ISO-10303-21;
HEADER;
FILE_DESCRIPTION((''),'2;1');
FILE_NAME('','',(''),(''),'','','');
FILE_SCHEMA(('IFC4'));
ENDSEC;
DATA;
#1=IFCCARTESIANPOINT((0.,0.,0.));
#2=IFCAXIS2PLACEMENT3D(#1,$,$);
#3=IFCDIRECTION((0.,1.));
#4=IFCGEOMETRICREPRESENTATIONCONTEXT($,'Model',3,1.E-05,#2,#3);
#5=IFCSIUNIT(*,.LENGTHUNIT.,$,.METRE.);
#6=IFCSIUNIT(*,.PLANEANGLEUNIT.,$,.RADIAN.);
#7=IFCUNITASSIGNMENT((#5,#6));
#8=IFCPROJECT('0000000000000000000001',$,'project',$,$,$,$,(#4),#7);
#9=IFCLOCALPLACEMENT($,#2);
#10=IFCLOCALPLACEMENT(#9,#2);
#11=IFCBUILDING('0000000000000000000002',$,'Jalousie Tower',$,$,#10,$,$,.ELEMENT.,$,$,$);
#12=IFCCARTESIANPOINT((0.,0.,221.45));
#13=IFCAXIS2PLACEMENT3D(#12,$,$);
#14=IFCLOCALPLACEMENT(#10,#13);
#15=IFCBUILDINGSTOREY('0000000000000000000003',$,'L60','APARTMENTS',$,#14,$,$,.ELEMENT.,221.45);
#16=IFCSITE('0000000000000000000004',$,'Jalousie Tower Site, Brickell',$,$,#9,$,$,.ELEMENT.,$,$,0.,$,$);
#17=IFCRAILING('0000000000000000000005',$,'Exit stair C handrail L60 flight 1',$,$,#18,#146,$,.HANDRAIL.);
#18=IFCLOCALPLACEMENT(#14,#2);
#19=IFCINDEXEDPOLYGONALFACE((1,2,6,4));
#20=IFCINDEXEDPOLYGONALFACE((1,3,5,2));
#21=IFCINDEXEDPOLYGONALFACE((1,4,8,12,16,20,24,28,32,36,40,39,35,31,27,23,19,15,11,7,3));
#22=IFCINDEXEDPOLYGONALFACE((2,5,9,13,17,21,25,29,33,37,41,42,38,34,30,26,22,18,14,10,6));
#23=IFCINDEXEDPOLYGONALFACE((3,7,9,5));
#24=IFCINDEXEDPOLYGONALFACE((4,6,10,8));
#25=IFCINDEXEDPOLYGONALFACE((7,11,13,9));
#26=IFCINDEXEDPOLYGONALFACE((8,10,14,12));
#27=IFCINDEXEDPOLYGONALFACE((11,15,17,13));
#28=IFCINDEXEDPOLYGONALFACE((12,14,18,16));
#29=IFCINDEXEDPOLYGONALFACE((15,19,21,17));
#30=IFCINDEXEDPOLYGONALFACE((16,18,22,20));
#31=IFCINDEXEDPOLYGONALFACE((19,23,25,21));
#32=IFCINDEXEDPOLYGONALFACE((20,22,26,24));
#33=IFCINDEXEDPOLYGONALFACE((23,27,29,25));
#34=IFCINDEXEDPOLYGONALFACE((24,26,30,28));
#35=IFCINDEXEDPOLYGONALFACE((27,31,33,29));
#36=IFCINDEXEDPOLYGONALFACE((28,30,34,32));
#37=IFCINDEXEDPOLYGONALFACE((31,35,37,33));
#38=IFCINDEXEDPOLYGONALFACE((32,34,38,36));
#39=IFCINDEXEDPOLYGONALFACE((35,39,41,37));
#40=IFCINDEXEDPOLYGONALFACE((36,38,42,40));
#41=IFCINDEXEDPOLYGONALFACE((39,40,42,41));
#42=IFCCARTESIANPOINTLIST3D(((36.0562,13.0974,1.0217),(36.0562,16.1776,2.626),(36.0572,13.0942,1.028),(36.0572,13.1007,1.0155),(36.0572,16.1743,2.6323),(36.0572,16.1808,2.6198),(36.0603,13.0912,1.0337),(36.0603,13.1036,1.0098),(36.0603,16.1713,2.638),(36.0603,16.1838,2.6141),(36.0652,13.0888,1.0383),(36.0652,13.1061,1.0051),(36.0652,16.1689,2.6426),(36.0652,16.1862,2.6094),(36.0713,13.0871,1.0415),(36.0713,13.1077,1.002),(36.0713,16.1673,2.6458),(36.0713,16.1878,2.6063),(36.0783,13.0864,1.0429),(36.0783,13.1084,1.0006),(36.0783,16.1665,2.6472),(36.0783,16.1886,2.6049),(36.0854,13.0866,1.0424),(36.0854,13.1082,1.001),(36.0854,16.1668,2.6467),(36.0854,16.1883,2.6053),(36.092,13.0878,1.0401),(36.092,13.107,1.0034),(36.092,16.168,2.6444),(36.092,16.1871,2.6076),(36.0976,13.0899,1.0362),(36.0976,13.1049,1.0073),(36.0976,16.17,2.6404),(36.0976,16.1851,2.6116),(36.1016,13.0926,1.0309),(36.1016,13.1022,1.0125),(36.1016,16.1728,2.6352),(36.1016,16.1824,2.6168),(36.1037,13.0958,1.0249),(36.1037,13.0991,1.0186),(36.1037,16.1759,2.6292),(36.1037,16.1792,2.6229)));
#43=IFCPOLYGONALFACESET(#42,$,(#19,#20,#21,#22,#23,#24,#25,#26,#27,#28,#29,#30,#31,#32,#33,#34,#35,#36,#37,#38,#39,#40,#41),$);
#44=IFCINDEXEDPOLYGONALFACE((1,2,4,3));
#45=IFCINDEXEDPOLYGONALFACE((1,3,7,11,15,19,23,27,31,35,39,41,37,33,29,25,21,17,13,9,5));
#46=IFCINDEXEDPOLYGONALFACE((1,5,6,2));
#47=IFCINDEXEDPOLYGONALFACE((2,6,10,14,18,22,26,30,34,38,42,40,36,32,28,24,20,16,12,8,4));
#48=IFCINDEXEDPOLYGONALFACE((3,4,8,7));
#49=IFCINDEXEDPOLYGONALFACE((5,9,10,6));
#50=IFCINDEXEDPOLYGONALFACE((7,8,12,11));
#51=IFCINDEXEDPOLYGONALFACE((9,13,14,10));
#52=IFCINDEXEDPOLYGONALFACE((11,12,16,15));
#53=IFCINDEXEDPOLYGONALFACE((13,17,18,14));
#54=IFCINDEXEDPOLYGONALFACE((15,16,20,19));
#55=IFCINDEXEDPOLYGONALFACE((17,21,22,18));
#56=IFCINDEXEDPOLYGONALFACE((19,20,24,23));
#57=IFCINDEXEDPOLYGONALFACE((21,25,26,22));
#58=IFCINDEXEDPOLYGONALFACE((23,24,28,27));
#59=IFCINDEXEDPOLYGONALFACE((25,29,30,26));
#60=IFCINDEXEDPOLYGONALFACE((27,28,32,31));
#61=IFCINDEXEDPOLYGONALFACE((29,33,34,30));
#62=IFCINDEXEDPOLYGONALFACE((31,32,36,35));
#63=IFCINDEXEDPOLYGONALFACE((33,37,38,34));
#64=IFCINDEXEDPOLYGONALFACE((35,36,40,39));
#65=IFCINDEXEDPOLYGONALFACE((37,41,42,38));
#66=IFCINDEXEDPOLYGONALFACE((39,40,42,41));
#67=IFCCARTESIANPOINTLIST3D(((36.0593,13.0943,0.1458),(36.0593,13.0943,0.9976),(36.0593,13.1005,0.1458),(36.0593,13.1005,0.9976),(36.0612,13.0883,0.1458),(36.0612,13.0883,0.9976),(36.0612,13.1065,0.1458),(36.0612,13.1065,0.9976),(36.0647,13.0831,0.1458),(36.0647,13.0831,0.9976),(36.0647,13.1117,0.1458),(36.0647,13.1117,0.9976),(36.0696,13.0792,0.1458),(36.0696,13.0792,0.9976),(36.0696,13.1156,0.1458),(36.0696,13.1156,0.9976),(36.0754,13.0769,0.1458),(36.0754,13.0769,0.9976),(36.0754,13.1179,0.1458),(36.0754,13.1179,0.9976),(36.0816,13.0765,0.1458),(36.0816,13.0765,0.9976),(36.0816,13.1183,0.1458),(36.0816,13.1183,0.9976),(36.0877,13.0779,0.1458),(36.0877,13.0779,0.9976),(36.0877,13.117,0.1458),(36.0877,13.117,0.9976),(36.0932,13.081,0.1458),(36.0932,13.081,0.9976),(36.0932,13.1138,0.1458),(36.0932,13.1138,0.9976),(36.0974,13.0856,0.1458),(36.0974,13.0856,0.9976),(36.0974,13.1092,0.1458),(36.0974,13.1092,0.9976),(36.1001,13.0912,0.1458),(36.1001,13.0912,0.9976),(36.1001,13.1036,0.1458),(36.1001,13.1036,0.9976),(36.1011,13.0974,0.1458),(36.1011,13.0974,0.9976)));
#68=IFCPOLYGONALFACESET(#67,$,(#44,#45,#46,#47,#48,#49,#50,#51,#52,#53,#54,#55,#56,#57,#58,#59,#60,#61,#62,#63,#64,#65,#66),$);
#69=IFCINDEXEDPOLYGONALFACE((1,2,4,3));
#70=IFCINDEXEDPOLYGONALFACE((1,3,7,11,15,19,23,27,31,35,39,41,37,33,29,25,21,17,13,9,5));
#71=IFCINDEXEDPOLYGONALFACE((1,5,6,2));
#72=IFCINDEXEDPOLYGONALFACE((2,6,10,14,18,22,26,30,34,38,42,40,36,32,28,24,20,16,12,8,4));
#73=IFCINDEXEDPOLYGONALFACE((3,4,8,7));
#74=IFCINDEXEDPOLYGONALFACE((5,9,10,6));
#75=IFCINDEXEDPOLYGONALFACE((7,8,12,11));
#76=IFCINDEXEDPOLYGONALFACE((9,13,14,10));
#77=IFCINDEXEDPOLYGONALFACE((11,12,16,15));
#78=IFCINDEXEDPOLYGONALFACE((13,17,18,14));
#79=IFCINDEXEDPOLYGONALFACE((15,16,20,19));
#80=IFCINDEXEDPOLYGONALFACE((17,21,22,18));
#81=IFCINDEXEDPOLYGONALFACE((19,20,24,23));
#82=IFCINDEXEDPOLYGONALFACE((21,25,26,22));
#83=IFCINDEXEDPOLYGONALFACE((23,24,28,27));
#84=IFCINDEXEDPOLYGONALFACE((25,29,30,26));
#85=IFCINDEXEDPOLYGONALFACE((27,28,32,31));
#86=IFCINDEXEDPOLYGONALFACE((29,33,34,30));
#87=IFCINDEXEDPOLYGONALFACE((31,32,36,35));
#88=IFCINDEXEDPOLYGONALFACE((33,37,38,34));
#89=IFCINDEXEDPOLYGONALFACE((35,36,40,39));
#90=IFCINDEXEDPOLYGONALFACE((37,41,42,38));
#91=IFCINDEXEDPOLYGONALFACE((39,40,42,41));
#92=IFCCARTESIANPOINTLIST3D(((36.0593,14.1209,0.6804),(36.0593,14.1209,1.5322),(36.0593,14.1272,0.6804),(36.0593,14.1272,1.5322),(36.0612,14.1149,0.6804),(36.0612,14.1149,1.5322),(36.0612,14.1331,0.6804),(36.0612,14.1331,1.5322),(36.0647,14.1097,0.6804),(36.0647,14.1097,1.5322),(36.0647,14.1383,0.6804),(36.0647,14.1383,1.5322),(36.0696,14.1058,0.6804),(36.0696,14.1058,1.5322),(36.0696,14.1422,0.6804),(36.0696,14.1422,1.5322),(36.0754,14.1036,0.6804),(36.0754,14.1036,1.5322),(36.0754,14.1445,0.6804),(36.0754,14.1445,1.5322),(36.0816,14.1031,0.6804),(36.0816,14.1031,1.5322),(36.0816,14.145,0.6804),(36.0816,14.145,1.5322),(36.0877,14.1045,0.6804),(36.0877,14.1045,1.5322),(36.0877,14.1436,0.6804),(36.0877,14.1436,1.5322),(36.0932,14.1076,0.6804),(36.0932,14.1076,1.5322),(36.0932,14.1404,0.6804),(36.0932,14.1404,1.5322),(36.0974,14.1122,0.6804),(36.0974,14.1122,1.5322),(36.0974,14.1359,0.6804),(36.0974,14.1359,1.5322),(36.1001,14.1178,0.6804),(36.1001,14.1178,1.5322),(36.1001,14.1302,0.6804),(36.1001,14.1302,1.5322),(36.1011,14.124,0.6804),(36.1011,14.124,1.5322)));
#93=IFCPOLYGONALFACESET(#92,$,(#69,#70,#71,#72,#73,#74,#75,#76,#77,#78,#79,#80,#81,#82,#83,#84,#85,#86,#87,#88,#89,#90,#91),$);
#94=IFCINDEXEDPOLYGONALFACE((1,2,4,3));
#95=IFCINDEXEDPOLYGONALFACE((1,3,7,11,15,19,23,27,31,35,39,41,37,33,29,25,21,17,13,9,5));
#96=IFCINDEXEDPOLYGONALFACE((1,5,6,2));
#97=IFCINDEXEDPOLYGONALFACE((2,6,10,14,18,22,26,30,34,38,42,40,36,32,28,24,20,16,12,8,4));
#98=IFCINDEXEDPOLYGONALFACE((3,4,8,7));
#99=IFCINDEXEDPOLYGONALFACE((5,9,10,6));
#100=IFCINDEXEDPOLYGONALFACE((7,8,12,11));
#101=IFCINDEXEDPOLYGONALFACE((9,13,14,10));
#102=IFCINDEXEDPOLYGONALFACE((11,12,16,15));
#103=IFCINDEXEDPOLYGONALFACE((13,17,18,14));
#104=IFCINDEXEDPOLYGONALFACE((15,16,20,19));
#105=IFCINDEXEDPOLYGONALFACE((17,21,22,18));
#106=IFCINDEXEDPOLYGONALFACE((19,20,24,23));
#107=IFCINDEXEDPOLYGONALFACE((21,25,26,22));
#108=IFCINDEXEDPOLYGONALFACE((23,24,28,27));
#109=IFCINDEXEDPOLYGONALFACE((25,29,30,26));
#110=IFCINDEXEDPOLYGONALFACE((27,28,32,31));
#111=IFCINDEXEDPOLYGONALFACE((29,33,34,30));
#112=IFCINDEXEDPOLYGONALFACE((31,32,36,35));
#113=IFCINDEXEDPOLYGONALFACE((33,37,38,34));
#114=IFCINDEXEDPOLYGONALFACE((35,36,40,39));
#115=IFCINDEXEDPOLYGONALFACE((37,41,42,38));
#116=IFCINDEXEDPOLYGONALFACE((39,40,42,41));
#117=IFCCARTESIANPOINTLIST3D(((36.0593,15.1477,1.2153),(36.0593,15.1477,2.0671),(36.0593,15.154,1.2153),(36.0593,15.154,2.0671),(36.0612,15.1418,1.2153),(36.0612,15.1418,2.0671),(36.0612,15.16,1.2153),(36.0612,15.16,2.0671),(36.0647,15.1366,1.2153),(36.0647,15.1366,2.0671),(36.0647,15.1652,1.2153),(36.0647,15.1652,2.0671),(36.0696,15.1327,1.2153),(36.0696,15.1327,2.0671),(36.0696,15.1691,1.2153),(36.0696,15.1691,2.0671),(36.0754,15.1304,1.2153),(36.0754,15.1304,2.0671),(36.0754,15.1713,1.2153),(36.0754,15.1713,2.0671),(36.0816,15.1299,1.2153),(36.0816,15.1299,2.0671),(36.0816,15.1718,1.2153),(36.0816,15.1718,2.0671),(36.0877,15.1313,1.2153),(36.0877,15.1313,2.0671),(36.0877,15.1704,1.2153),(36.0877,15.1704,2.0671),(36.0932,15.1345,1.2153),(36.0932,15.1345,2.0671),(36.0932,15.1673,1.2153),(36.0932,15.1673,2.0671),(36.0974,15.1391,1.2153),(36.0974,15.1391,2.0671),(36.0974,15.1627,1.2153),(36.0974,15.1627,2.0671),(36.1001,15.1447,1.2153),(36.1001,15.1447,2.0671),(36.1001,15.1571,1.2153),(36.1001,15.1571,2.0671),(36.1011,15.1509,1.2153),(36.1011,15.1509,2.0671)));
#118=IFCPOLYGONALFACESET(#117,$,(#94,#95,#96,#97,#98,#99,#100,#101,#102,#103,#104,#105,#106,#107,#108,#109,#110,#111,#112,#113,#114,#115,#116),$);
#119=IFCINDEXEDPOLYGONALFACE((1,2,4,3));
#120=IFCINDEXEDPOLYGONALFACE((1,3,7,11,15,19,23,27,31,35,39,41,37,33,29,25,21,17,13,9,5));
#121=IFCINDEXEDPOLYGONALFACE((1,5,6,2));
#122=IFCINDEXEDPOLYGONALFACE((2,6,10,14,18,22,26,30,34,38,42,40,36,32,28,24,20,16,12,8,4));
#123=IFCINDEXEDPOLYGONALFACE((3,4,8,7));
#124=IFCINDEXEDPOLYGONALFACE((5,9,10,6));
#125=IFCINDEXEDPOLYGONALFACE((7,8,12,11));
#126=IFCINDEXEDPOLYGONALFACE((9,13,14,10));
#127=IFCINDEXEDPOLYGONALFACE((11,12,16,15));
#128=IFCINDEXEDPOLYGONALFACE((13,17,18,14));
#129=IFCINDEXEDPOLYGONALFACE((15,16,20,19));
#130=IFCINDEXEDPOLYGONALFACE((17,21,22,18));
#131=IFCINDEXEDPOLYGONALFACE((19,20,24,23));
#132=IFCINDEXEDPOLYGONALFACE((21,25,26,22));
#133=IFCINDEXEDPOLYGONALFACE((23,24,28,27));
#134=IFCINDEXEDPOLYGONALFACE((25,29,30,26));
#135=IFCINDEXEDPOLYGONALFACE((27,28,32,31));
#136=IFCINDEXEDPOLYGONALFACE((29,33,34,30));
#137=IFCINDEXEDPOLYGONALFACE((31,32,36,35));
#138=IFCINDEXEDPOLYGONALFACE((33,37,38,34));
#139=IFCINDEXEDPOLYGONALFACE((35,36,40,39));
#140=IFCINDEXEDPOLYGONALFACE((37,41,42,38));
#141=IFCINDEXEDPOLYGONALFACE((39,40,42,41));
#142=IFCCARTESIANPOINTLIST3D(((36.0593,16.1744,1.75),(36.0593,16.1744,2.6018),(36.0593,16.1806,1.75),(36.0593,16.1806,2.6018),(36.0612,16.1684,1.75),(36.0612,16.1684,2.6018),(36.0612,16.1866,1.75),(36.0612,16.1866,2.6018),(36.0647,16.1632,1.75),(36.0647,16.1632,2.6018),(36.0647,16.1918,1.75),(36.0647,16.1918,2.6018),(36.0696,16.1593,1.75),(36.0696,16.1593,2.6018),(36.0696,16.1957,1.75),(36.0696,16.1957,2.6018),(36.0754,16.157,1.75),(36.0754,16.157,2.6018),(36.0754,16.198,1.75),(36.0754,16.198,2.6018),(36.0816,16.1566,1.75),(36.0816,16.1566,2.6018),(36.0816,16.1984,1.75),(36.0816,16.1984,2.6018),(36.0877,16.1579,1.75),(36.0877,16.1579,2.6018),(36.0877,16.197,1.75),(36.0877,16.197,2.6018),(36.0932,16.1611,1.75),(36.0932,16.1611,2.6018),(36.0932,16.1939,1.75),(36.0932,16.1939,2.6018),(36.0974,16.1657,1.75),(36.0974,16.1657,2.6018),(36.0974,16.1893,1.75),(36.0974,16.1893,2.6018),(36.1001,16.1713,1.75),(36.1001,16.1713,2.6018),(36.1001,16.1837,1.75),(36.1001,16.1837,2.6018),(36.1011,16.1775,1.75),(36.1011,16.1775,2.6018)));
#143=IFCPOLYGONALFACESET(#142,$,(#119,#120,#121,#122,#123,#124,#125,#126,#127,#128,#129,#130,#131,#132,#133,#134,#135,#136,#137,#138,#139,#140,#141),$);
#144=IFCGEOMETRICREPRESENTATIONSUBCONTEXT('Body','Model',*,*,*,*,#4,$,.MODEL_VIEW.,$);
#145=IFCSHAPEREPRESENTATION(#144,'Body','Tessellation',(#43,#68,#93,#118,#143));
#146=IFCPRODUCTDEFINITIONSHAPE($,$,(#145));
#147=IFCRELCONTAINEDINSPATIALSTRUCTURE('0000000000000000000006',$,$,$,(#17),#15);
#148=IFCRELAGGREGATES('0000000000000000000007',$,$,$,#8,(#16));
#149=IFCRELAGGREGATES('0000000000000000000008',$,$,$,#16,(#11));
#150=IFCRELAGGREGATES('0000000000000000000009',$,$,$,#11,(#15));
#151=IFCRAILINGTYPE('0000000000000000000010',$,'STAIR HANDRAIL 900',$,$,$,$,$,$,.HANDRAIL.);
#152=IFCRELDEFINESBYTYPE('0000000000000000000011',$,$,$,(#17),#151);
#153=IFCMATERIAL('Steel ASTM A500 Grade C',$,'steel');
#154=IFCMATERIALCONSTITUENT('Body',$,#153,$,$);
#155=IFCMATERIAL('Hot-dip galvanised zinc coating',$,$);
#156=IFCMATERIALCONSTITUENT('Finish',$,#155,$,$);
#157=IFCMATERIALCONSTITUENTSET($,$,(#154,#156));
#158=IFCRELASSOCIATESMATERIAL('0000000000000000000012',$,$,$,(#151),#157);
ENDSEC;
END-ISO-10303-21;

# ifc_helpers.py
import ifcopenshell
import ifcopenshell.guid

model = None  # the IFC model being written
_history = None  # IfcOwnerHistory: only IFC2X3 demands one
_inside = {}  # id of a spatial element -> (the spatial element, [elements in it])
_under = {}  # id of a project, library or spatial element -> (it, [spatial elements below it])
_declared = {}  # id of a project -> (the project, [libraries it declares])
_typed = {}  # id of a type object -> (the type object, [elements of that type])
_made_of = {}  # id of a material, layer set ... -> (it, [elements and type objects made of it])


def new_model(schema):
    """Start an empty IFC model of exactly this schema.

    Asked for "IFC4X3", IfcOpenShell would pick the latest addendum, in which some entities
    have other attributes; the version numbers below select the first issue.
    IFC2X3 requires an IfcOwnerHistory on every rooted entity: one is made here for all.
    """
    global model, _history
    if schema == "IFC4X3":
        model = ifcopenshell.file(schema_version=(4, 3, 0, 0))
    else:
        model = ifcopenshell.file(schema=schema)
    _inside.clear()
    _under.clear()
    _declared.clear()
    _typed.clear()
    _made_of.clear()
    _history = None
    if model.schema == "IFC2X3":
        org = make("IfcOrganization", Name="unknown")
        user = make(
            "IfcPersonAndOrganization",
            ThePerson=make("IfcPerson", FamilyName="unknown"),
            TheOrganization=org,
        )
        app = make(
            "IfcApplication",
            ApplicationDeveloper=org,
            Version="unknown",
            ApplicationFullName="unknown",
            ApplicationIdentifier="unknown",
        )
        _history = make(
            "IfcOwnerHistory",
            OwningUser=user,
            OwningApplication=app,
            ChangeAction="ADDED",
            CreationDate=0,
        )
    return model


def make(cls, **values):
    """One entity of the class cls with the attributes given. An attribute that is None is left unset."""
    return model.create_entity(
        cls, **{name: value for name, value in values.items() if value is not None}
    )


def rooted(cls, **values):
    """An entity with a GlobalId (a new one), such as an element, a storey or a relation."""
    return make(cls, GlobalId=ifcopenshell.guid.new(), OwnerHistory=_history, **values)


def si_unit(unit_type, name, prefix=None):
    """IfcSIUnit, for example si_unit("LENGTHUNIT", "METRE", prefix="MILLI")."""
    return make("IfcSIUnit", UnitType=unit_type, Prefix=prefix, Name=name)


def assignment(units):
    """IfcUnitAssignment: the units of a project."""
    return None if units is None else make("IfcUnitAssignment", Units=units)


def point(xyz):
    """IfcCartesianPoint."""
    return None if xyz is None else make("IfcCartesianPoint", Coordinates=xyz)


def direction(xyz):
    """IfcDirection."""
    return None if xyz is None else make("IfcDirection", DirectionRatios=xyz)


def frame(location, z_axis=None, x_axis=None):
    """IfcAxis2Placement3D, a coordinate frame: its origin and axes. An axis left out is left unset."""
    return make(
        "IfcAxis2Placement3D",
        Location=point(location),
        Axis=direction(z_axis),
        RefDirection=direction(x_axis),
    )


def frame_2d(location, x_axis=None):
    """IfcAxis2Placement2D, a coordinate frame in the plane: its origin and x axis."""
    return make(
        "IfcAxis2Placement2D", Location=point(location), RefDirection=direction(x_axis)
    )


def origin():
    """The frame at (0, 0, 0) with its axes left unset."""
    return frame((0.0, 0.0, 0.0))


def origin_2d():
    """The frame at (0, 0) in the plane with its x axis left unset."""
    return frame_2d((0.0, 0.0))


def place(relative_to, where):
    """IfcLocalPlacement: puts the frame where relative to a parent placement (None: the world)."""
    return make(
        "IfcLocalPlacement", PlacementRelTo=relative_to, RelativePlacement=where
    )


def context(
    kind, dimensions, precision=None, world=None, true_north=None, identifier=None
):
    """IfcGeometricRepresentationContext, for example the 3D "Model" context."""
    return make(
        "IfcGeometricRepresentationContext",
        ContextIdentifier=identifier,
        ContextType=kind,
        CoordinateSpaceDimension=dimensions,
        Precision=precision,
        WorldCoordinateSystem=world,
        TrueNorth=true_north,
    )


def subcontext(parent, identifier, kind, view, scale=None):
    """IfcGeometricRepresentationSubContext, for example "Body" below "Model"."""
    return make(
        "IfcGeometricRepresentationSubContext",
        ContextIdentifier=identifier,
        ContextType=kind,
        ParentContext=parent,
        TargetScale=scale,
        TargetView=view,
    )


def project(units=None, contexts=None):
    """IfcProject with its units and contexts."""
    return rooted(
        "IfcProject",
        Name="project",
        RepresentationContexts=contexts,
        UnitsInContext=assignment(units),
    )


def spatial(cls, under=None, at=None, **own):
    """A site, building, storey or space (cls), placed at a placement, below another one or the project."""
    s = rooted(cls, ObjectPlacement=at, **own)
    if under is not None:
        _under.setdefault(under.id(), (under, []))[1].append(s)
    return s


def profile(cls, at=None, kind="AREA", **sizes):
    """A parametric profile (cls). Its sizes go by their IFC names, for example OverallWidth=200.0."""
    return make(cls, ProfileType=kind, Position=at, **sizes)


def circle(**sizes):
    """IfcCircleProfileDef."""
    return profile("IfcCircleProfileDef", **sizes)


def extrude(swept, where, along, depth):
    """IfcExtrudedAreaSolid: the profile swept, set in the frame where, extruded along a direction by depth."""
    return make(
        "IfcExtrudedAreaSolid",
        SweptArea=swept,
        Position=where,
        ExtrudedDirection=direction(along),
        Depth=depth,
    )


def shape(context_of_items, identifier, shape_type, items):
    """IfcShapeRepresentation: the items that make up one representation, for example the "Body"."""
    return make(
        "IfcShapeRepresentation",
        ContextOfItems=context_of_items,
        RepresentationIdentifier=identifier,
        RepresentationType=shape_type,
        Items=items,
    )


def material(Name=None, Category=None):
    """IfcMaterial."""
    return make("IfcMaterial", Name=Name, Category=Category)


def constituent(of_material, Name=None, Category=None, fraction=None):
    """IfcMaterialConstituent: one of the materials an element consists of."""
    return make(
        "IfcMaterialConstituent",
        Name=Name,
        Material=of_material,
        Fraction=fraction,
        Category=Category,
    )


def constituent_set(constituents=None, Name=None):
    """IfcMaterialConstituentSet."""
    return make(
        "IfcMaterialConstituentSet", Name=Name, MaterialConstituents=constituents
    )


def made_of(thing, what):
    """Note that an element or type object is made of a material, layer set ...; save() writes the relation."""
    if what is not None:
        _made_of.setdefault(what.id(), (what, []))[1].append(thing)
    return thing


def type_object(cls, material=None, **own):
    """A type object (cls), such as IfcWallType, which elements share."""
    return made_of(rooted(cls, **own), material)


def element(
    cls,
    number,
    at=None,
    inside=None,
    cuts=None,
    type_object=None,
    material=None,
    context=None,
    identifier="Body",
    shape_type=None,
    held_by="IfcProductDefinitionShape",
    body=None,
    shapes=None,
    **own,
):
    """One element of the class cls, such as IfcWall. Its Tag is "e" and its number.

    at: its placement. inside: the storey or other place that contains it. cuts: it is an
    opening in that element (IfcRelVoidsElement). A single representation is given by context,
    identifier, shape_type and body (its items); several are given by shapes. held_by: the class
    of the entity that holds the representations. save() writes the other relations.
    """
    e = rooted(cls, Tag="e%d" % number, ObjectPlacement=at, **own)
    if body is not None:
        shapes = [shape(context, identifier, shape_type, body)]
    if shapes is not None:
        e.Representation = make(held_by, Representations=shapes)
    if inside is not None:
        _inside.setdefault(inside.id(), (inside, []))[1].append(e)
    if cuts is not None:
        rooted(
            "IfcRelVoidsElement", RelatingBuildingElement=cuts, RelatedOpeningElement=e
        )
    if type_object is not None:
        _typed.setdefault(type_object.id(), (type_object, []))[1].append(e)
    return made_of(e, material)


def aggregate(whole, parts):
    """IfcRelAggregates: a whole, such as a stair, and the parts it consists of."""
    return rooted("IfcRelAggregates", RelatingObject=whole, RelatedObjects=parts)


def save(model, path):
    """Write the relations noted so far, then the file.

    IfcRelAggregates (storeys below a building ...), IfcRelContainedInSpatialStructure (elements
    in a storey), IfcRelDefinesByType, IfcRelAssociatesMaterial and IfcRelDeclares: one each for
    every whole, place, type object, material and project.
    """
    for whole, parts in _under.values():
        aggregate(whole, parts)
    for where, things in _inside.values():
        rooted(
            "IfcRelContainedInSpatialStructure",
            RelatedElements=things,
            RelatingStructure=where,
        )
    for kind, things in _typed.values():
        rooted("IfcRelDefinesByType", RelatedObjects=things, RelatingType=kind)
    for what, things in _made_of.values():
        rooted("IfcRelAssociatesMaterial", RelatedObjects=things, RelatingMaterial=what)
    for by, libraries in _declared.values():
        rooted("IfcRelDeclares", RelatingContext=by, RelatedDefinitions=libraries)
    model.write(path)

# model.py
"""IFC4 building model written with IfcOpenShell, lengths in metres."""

from ifc_helpers import new_model, si_unit, direction, frame, origin, origin_2d, place, context, subcontext, project, spatial, circle, extrude, material, constituent, constituent_set, type_object, element, save


model = new_model("IFC4")

# Units and contexts
model_context = context("Model", 3, precision=1e-05, world=origin(), true_north=direction((0.0, 1.0)))
body_context = subcontext(model_context, "Body", "Model", "MODEL_VIEW")
ifc_project = project(units=[si_unit("LENGTHUNIT", "METRE"), si_unit("PLANEANGLEUNIT", "RADIAN")], contexts=[model_context])

# Site, building, storey
site_placement = place(None, origin())
site = spatial("IfcSite", under=ifc_project, at=site_placement, Name="Jalousie Tower Site, Brickell", CompositionType="ELEMENT", RefElevation=0.0)
building_placement = place(site_placement, origin())
building = spatial("IfcBuilding", under=site, at=building_placement, Name="Jalousie Tower", CompositionType="ELEMENT")
storey_placement = place(building_placement, frame((0.0, 0.0, 221.45)))
storey = spatial("IfcBuildingStorey", under=building, at=storey_placement, Name="L60", Description="APARTMENTS", CompositionType="ELEMENT", Elevation=221.45)

# Railing
ifc_material_1 = material(Name="Steel ASTM A500 Grade C", Category="steel")
ifc_constituent_1 = constituent(ifc_material_1, Name="Body")
ifc_material_2 = material(Name="Hot-dip galvanised zinc coating")
ifc_constituent_2 = constituent(ifc_material_2, Name="Finish")
ifc_constituent_set_1 = constituent_set(constituents=[ifc_constituent_1, ifc_constituent_2])
railing_type_1 = type_object("IfcRailingType", Name="STAIR HANDRAIL 900", PredefinedType="HANDRAIL", material=ifc_constituent_set_1)
railing_1_placement = place(storey_placement, frame((36.0801, 13.0974, 0.1458)))
element("IfcRailing", 1, at=railing_1_placement, inside=storey, type_object=railing_type_1, Name="Exit stair C handrail L60 flight 1", PredefinedType="HANDRAIL", context=body_context, shape_type="SweptSolid", body=[
    extrude(circle(Radius=0.0239, at=origin_2d()), frame((0.0, 0.0, 0.876), z_axis=(0.0, 0.886909, 0.461944), x_axis=(-1.0, 0.0, 0.0)), (0.0, 0.0, 1.0), 3.4729),
    extrude(circle(Radius=0.021, at=origin_2d()), origin(), (0.0, 0.0, 1.0), 0.8518),
    extrude(circle(Radius=0.021, at=origin_2d()), frame((0.0, 1.0266, 0.5347)), (0.0, 0.0, 1.0), 0.8518),
    extrude(circle(Radius=0.021, at=origin_2d()), frame((0.0, 2.0535, 1.0696)), (0.0, 0.0, 1.0), 0.8518),
    extrude(circle(Radius=0.021, at=origin_2d()), frame((0.0, 3.0801, 1.6042)), (0.0, 0.0, 1.0), 0.8518),
])

save(model, "model.ifc")
